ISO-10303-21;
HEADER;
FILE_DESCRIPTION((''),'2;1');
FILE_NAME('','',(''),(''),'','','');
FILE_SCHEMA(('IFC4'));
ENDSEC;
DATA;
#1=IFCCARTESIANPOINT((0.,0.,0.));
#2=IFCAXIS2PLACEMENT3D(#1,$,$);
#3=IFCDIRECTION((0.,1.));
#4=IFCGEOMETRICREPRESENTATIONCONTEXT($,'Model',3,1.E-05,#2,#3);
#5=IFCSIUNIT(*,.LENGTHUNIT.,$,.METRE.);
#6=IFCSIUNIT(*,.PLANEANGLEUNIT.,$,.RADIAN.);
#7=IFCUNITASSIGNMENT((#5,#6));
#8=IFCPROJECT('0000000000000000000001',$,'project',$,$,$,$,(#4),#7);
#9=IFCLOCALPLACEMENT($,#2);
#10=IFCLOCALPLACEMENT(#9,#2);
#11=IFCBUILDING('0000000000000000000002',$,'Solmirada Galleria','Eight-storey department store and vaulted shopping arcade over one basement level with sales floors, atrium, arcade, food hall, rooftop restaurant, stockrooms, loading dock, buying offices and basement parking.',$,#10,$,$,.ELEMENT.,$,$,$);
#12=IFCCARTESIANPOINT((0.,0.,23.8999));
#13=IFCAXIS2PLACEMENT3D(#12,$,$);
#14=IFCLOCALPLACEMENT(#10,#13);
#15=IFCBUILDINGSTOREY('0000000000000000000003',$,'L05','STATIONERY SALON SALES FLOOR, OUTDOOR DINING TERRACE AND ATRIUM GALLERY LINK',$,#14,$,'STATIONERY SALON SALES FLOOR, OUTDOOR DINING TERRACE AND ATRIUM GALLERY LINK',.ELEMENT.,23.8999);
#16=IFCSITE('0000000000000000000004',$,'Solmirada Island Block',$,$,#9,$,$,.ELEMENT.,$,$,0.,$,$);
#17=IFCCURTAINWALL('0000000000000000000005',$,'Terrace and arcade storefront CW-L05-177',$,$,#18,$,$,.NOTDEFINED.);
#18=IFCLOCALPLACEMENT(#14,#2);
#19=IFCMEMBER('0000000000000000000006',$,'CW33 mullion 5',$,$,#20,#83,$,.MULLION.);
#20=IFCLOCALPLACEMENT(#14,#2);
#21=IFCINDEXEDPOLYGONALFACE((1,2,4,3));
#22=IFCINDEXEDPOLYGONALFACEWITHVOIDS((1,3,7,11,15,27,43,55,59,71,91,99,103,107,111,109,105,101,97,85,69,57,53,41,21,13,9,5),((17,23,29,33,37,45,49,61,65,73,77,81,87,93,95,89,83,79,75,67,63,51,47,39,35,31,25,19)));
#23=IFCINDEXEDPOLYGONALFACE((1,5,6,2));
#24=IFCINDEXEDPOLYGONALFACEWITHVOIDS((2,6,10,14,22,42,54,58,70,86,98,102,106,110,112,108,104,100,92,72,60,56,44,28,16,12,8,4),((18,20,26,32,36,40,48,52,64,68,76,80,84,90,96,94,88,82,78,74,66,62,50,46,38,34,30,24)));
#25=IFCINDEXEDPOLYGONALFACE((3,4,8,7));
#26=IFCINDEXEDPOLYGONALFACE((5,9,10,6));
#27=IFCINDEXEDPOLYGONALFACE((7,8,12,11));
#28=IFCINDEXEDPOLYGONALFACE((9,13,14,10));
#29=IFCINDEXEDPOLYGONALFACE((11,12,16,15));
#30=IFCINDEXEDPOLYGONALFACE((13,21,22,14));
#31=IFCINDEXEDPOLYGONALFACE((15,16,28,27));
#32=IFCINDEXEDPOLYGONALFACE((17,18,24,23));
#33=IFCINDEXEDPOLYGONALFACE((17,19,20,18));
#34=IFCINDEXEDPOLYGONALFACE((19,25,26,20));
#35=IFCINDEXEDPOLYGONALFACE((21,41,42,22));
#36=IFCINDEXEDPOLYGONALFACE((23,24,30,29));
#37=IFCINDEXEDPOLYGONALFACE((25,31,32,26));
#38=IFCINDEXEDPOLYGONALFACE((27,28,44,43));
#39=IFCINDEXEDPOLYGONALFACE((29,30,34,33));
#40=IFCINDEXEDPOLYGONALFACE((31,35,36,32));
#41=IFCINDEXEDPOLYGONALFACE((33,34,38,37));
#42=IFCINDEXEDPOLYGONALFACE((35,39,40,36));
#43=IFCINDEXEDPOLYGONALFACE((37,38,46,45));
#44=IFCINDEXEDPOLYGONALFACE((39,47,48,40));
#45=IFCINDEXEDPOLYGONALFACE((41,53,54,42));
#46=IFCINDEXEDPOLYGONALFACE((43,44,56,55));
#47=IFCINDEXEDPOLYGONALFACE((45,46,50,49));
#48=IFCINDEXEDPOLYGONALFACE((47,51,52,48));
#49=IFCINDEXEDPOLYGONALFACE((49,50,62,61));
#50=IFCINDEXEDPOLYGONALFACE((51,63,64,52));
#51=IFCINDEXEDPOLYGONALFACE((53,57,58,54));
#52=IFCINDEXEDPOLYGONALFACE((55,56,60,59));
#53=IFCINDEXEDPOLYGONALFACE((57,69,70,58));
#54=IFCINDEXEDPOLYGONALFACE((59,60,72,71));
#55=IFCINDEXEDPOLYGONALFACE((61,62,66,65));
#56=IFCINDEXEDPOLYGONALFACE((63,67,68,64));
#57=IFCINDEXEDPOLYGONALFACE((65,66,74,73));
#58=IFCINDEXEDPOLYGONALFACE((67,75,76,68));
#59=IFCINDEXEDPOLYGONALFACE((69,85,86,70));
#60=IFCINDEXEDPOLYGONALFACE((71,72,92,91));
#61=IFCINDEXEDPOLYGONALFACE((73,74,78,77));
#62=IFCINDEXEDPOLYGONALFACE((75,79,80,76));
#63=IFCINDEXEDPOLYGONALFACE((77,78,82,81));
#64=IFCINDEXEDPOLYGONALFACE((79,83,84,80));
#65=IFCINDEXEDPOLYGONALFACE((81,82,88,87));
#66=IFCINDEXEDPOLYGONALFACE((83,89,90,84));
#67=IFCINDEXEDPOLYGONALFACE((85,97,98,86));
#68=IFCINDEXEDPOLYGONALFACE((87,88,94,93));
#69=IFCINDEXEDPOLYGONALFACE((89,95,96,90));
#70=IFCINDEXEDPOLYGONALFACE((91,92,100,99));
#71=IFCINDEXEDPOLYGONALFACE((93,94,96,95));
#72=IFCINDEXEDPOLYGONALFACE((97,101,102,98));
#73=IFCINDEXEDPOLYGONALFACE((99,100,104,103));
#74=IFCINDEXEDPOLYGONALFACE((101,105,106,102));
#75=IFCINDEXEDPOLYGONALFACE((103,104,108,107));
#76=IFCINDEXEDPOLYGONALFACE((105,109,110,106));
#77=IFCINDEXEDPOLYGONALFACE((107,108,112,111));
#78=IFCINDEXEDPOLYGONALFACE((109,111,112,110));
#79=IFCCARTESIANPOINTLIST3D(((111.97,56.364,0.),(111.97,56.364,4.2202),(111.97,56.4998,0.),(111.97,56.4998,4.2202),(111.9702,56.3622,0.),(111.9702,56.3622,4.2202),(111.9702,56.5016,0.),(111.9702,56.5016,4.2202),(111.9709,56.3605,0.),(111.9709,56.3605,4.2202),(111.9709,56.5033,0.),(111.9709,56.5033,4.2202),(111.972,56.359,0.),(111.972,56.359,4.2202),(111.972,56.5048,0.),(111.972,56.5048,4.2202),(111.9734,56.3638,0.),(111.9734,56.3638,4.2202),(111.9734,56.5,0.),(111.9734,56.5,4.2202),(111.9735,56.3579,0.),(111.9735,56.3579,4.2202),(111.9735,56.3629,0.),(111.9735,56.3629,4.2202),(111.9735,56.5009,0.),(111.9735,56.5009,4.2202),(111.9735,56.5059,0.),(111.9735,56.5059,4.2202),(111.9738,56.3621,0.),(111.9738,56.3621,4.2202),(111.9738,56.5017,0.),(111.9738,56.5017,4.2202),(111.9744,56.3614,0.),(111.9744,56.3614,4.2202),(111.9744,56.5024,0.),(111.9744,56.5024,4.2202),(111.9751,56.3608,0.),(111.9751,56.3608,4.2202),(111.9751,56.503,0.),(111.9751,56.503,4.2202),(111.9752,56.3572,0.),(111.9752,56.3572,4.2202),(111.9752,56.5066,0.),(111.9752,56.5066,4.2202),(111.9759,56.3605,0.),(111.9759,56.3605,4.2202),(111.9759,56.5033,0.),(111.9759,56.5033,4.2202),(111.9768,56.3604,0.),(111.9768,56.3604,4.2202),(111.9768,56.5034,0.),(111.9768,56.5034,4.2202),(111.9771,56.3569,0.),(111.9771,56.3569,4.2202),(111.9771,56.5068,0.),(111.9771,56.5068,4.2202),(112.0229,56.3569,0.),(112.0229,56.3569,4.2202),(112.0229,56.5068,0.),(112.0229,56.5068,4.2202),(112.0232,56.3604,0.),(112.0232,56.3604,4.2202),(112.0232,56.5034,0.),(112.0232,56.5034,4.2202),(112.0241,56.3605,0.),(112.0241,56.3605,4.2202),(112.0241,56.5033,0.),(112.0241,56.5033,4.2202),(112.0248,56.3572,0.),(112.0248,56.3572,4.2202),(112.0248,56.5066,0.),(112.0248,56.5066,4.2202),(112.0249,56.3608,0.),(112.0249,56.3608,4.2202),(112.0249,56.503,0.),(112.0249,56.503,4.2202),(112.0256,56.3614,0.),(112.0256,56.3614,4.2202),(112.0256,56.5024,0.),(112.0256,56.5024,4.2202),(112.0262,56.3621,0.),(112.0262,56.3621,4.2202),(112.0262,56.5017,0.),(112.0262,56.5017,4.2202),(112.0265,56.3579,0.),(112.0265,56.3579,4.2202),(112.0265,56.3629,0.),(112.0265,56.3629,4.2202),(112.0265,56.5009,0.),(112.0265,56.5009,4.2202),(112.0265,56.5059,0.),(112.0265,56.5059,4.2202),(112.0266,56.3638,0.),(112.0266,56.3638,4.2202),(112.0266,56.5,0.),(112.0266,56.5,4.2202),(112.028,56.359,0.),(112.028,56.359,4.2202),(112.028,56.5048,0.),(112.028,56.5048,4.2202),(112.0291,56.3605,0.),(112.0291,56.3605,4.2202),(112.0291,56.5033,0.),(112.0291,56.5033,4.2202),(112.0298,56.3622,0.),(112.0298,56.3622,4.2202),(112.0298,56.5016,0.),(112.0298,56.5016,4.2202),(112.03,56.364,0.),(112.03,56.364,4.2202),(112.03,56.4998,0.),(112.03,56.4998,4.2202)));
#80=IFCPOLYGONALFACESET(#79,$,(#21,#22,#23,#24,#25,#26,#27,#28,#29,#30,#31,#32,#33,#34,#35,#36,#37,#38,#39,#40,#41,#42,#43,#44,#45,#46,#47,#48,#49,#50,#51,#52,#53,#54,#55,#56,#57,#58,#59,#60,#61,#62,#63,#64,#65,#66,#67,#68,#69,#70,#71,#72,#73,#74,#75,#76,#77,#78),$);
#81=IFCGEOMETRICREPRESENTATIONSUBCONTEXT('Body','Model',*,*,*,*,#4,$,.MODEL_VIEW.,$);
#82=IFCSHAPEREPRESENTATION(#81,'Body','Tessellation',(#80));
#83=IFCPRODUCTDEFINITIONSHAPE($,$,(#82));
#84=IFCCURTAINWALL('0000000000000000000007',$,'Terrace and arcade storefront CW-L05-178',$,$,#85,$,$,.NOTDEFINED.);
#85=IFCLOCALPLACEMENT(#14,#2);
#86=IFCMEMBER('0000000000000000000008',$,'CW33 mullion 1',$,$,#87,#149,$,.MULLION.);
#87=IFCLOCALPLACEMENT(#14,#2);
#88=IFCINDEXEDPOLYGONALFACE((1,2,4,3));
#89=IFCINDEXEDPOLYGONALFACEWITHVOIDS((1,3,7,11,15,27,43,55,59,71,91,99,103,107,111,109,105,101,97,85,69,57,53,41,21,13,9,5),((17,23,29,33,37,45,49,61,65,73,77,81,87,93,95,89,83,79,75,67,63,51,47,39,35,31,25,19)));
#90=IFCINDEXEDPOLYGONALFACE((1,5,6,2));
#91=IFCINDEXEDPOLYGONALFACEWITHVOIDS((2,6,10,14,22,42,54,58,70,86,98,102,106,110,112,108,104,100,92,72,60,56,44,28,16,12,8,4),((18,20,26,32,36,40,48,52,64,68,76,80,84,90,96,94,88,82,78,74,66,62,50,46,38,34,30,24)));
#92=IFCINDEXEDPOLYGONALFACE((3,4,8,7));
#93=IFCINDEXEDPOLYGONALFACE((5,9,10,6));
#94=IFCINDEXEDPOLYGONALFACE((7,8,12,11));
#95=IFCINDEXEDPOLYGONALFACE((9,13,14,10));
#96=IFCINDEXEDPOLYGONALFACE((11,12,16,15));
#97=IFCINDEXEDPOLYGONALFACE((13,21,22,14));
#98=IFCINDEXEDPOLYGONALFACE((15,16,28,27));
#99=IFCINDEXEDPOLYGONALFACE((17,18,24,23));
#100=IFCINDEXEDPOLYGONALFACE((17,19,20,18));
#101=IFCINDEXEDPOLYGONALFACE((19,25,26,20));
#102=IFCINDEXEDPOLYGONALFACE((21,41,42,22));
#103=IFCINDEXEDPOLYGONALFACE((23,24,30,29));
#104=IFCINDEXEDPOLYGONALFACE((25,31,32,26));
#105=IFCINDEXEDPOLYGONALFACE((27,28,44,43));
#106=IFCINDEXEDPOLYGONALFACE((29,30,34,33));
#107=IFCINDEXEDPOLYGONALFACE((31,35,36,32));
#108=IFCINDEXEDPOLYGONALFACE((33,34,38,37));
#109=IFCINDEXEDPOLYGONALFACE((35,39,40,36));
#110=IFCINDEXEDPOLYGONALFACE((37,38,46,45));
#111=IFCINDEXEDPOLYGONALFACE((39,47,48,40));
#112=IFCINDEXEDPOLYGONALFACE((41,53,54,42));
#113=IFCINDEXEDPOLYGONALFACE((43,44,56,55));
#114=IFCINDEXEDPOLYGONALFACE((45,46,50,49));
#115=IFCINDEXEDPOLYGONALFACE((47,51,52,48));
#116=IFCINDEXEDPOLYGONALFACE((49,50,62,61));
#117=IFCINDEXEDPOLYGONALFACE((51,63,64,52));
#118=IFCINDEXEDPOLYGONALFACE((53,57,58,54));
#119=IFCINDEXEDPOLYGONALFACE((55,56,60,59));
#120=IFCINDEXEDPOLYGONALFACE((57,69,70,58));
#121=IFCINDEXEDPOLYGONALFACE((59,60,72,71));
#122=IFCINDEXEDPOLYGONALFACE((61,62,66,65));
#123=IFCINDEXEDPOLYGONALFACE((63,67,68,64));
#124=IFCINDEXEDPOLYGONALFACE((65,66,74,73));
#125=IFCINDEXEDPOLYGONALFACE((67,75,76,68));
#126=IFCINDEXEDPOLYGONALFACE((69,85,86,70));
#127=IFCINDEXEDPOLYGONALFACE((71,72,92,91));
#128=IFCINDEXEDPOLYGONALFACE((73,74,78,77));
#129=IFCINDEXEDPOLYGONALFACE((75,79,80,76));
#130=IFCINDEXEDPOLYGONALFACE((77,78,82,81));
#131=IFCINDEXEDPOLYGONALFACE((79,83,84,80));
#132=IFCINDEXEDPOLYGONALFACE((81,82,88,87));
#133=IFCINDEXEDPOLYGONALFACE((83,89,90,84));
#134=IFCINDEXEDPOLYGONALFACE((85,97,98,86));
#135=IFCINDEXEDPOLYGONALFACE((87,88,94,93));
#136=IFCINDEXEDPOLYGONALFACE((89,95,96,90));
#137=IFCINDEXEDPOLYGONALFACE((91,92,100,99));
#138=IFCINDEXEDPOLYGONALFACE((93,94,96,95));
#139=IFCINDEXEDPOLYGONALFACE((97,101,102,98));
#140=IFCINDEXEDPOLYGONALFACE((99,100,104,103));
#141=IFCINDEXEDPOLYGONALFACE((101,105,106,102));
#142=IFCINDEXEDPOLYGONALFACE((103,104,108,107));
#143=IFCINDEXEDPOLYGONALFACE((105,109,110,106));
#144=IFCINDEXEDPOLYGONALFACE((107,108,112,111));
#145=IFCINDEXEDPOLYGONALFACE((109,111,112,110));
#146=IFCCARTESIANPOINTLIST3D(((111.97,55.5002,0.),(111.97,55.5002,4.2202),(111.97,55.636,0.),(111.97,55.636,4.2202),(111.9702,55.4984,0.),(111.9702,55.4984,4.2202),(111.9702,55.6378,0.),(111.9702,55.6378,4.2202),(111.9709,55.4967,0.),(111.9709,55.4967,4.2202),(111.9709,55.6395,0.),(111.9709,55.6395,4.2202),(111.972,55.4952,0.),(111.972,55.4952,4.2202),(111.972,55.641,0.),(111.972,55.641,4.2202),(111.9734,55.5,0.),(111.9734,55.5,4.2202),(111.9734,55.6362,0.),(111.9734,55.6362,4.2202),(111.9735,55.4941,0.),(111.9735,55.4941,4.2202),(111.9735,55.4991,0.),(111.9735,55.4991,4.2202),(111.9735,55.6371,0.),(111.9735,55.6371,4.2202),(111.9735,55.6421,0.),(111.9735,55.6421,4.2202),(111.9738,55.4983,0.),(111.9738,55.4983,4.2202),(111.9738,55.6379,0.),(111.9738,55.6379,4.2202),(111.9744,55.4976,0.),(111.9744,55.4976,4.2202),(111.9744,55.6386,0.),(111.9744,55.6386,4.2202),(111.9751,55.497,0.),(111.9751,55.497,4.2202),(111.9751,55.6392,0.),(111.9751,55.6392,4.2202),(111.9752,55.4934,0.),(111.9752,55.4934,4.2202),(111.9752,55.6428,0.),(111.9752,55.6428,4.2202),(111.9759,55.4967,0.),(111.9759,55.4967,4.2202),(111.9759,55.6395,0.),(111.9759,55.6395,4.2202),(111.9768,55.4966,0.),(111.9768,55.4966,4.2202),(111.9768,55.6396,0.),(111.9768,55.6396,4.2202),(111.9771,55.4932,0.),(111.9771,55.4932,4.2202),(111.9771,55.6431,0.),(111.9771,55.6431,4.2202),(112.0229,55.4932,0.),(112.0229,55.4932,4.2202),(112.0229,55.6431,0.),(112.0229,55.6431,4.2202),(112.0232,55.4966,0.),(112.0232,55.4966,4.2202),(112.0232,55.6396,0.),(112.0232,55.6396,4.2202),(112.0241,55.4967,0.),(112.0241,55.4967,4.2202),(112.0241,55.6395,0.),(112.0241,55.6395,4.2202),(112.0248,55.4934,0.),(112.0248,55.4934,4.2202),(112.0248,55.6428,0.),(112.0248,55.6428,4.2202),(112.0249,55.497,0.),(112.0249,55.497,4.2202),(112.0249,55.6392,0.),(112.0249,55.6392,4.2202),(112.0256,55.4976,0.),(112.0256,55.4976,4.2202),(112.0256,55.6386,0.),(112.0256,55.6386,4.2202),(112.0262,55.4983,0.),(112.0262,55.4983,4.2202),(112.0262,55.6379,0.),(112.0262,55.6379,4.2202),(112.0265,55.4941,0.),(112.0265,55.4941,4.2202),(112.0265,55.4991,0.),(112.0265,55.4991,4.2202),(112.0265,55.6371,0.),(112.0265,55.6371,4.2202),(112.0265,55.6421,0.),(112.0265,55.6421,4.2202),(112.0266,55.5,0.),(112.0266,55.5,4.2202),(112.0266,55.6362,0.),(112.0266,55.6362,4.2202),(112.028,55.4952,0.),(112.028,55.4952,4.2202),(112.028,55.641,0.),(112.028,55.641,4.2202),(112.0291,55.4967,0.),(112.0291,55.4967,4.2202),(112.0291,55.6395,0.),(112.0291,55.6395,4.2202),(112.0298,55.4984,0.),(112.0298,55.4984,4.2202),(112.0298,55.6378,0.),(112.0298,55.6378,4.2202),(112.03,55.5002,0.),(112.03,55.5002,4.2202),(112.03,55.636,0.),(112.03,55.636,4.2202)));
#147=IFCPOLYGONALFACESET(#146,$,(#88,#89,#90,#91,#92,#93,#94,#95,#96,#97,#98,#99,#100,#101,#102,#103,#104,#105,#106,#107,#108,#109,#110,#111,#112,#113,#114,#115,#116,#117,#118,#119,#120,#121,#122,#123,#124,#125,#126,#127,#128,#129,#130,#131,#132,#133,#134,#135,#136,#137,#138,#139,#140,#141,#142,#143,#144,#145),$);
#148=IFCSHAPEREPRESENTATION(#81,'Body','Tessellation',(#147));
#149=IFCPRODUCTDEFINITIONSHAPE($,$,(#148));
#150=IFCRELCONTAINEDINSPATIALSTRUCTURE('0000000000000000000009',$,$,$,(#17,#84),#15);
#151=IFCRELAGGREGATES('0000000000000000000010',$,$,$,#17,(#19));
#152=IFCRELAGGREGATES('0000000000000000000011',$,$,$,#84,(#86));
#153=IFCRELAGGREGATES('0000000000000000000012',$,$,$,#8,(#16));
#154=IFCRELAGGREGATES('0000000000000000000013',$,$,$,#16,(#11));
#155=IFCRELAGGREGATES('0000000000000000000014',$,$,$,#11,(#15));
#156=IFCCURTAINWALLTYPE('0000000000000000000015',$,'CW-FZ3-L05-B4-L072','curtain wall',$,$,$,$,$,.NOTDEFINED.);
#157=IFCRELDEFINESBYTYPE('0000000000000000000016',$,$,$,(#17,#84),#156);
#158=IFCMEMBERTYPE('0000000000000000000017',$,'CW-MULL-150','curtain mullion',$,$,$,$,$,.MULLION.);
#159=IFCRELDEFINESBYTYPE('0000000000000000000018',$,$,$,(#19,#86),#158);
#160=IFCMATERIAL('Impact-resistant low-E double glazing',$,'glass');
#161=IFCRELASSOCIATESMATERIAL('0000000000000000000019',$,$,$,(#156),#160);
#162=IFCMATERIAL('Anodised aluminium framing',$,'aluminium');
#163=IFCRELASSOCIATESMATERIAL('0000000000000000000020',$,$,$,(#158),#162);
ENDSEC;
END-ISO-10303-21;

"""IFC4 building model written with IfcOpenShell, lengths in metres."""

from ifc_helpers import new_model, si_unit, direction, frame, origin, origin_2d, place, context, subcontext, project, spatial, hollow_rectangle, extrude, material, material_profile, profile_set, type_object, element, aggregate, save


model = new_model("IFC4")

# Units and contexts
model_context = context("Model", 3, precision=1e-05, world=origin(), true_north=direction((0.0, 1.0)))
body_context = subcontext(model_context, "Body", "Model", "MODEL_VIEW")
ifc_project = project(units=[si_unit("LENGTHUNIT", "METRE"), si_unit("PLANEANGLEUNIT", "RADIAN")], contexts=[model_context])

# Site, building, storey
site_placement = place(None, origin())
site = spatial("IfcSite", under=ifc_project, at=site_placement, Name="Solmirada Island Block", CompositionType="ELEMENT", RefElevation=0.0)
building_placement = place(site_placement, origin())
building = spatial("IfcBuilding", under=site, at=building_placement, Name="Solmirada Galleria", Description="Eight-storey department store and vaulted shopping arcade over one basement level with sales floors, atrium, arcade, food hall, rooftop restaurant, stockrooms, loading dock, buying offices and basement parking.", CompositionType="ELEMENT")
storey_placement = place(building_placement, frame((0.0, 0.0, 23.8999)))
storey = spatial("IfcBuildingStorey", under=building, at=storey_placement, Name="L05", Description="STATIONERY SALON SALES FLOOR, OUTDOOR DINING TERRACE AND ATRIUM GALLERY LINK", LongName="STATIONERY SALON SALES FLOOR, OUTDOOR DINING TERRACE AND ATRIUM GALLERY LINK", CompositionType="ELEMENT", Elevation=23.8999)

# Curtain walls, members
ifc_material_1 = material(Name="Impact-resistant low-E double glazing", Category="glass")
curtain_wall_type = type_object("IfcCurtainWallType", Name="CW-FZ3-L05-B4-L072", Description="curtain wall", PredefinedType="NOTDEFINED", material=ifc_material_1)
curtain_wall_1_placement = place(storey_placement, origin())
curtain_wall_1 = element("IfcCurtainWall", 1, at=curtain_wall_1_placement, inside=storey, type_object=curtain_wall_type, Name="Terrace and arcade storefront CW-L05-177", PredefinedType="NOTDEFINED")
ifc_material_2 = material(Name="Anodised aluminium framing", Category="aluminium")
ifc_material_profile_1 = material_profile(ifc_material_2, hollow_rectangle(XDim=0.0601, YDim=0.1499, WallThickness=0.0034, InnerFilletRadius=0.0034, OuterFilletRadius=0.0071, at=origin_2d()), Name="ALU-MULL-150X60")
ifc_profile_set_1 = profile_set([ifc_material_profile_1], Name="Anodised aluminium framing")
member_type_1 = type_object("IfcMemberType", Name="CW-MULL-150", Description="curtain mullion", PredefinedType="MULLION", material=ifc_profile_set_1)
member_1_placement = place(storey_placement, frame((112.0, 56.4319, 0.0), z_axis=(0.0, 0.0, 1.0), x_axis=(1.0, 0.0, 0.0)))
member_1 = element("IfcMember", 2, at=member_1_placement, type_object=member_type_1, Name="CW33 mullion 5", PredefinedType="MULLION", context=body_context, shape_type="SweptSolid", body=[
    extrude(hollow_rectangle(XDim=0.0601, YDim=0.1499, WallThickness=0.0034, InnerFilletRadius=0.0034, OuterFilletRadius=0.0071, at=origin_2d()), origin(), (0.0, 0.0, 1.0), 4.2202),
])
curtain_wall_2_placement = place(storey_placement, origin())
curtain_wall_2 = element("IfcCurtainWall", 3, at=curtain_wall_2_placement, inside=storey, type_object=curtain_wall_type, Name="Terrace and arcade storefront CW-L05-178", PredefinedType="NOTDEFINED")
member_2_placement = place(storey_placement, frame((112.0, 55.5681, 0.0), z_axis=(0.0, 0.0, 1.0), x_axis=(1.0, 0.0, 0.0)))
member_2 = element("IfcMember", 4, at=member_2_placement, type_object=member_type_1, Name="CW33 mullion 1", PredefinedType="MULLION", context=body_context, shape_type="SweptSolid", body=[
    extrude(hollow_rectangle(XDim=0.0601, YDim=0.1499, WallThickness=0.0034, InnerFilletRadius=0.0034, OuterFilletRadius=0.0071, at=origin_2d()), origin(), (0.0, 0.0, 1.0), 4.2202),
])

aggregate(curtain_wall_1, [member_1])
aggregate(curtain_wall_2, [member_2])

save(model, "model.ifc")
